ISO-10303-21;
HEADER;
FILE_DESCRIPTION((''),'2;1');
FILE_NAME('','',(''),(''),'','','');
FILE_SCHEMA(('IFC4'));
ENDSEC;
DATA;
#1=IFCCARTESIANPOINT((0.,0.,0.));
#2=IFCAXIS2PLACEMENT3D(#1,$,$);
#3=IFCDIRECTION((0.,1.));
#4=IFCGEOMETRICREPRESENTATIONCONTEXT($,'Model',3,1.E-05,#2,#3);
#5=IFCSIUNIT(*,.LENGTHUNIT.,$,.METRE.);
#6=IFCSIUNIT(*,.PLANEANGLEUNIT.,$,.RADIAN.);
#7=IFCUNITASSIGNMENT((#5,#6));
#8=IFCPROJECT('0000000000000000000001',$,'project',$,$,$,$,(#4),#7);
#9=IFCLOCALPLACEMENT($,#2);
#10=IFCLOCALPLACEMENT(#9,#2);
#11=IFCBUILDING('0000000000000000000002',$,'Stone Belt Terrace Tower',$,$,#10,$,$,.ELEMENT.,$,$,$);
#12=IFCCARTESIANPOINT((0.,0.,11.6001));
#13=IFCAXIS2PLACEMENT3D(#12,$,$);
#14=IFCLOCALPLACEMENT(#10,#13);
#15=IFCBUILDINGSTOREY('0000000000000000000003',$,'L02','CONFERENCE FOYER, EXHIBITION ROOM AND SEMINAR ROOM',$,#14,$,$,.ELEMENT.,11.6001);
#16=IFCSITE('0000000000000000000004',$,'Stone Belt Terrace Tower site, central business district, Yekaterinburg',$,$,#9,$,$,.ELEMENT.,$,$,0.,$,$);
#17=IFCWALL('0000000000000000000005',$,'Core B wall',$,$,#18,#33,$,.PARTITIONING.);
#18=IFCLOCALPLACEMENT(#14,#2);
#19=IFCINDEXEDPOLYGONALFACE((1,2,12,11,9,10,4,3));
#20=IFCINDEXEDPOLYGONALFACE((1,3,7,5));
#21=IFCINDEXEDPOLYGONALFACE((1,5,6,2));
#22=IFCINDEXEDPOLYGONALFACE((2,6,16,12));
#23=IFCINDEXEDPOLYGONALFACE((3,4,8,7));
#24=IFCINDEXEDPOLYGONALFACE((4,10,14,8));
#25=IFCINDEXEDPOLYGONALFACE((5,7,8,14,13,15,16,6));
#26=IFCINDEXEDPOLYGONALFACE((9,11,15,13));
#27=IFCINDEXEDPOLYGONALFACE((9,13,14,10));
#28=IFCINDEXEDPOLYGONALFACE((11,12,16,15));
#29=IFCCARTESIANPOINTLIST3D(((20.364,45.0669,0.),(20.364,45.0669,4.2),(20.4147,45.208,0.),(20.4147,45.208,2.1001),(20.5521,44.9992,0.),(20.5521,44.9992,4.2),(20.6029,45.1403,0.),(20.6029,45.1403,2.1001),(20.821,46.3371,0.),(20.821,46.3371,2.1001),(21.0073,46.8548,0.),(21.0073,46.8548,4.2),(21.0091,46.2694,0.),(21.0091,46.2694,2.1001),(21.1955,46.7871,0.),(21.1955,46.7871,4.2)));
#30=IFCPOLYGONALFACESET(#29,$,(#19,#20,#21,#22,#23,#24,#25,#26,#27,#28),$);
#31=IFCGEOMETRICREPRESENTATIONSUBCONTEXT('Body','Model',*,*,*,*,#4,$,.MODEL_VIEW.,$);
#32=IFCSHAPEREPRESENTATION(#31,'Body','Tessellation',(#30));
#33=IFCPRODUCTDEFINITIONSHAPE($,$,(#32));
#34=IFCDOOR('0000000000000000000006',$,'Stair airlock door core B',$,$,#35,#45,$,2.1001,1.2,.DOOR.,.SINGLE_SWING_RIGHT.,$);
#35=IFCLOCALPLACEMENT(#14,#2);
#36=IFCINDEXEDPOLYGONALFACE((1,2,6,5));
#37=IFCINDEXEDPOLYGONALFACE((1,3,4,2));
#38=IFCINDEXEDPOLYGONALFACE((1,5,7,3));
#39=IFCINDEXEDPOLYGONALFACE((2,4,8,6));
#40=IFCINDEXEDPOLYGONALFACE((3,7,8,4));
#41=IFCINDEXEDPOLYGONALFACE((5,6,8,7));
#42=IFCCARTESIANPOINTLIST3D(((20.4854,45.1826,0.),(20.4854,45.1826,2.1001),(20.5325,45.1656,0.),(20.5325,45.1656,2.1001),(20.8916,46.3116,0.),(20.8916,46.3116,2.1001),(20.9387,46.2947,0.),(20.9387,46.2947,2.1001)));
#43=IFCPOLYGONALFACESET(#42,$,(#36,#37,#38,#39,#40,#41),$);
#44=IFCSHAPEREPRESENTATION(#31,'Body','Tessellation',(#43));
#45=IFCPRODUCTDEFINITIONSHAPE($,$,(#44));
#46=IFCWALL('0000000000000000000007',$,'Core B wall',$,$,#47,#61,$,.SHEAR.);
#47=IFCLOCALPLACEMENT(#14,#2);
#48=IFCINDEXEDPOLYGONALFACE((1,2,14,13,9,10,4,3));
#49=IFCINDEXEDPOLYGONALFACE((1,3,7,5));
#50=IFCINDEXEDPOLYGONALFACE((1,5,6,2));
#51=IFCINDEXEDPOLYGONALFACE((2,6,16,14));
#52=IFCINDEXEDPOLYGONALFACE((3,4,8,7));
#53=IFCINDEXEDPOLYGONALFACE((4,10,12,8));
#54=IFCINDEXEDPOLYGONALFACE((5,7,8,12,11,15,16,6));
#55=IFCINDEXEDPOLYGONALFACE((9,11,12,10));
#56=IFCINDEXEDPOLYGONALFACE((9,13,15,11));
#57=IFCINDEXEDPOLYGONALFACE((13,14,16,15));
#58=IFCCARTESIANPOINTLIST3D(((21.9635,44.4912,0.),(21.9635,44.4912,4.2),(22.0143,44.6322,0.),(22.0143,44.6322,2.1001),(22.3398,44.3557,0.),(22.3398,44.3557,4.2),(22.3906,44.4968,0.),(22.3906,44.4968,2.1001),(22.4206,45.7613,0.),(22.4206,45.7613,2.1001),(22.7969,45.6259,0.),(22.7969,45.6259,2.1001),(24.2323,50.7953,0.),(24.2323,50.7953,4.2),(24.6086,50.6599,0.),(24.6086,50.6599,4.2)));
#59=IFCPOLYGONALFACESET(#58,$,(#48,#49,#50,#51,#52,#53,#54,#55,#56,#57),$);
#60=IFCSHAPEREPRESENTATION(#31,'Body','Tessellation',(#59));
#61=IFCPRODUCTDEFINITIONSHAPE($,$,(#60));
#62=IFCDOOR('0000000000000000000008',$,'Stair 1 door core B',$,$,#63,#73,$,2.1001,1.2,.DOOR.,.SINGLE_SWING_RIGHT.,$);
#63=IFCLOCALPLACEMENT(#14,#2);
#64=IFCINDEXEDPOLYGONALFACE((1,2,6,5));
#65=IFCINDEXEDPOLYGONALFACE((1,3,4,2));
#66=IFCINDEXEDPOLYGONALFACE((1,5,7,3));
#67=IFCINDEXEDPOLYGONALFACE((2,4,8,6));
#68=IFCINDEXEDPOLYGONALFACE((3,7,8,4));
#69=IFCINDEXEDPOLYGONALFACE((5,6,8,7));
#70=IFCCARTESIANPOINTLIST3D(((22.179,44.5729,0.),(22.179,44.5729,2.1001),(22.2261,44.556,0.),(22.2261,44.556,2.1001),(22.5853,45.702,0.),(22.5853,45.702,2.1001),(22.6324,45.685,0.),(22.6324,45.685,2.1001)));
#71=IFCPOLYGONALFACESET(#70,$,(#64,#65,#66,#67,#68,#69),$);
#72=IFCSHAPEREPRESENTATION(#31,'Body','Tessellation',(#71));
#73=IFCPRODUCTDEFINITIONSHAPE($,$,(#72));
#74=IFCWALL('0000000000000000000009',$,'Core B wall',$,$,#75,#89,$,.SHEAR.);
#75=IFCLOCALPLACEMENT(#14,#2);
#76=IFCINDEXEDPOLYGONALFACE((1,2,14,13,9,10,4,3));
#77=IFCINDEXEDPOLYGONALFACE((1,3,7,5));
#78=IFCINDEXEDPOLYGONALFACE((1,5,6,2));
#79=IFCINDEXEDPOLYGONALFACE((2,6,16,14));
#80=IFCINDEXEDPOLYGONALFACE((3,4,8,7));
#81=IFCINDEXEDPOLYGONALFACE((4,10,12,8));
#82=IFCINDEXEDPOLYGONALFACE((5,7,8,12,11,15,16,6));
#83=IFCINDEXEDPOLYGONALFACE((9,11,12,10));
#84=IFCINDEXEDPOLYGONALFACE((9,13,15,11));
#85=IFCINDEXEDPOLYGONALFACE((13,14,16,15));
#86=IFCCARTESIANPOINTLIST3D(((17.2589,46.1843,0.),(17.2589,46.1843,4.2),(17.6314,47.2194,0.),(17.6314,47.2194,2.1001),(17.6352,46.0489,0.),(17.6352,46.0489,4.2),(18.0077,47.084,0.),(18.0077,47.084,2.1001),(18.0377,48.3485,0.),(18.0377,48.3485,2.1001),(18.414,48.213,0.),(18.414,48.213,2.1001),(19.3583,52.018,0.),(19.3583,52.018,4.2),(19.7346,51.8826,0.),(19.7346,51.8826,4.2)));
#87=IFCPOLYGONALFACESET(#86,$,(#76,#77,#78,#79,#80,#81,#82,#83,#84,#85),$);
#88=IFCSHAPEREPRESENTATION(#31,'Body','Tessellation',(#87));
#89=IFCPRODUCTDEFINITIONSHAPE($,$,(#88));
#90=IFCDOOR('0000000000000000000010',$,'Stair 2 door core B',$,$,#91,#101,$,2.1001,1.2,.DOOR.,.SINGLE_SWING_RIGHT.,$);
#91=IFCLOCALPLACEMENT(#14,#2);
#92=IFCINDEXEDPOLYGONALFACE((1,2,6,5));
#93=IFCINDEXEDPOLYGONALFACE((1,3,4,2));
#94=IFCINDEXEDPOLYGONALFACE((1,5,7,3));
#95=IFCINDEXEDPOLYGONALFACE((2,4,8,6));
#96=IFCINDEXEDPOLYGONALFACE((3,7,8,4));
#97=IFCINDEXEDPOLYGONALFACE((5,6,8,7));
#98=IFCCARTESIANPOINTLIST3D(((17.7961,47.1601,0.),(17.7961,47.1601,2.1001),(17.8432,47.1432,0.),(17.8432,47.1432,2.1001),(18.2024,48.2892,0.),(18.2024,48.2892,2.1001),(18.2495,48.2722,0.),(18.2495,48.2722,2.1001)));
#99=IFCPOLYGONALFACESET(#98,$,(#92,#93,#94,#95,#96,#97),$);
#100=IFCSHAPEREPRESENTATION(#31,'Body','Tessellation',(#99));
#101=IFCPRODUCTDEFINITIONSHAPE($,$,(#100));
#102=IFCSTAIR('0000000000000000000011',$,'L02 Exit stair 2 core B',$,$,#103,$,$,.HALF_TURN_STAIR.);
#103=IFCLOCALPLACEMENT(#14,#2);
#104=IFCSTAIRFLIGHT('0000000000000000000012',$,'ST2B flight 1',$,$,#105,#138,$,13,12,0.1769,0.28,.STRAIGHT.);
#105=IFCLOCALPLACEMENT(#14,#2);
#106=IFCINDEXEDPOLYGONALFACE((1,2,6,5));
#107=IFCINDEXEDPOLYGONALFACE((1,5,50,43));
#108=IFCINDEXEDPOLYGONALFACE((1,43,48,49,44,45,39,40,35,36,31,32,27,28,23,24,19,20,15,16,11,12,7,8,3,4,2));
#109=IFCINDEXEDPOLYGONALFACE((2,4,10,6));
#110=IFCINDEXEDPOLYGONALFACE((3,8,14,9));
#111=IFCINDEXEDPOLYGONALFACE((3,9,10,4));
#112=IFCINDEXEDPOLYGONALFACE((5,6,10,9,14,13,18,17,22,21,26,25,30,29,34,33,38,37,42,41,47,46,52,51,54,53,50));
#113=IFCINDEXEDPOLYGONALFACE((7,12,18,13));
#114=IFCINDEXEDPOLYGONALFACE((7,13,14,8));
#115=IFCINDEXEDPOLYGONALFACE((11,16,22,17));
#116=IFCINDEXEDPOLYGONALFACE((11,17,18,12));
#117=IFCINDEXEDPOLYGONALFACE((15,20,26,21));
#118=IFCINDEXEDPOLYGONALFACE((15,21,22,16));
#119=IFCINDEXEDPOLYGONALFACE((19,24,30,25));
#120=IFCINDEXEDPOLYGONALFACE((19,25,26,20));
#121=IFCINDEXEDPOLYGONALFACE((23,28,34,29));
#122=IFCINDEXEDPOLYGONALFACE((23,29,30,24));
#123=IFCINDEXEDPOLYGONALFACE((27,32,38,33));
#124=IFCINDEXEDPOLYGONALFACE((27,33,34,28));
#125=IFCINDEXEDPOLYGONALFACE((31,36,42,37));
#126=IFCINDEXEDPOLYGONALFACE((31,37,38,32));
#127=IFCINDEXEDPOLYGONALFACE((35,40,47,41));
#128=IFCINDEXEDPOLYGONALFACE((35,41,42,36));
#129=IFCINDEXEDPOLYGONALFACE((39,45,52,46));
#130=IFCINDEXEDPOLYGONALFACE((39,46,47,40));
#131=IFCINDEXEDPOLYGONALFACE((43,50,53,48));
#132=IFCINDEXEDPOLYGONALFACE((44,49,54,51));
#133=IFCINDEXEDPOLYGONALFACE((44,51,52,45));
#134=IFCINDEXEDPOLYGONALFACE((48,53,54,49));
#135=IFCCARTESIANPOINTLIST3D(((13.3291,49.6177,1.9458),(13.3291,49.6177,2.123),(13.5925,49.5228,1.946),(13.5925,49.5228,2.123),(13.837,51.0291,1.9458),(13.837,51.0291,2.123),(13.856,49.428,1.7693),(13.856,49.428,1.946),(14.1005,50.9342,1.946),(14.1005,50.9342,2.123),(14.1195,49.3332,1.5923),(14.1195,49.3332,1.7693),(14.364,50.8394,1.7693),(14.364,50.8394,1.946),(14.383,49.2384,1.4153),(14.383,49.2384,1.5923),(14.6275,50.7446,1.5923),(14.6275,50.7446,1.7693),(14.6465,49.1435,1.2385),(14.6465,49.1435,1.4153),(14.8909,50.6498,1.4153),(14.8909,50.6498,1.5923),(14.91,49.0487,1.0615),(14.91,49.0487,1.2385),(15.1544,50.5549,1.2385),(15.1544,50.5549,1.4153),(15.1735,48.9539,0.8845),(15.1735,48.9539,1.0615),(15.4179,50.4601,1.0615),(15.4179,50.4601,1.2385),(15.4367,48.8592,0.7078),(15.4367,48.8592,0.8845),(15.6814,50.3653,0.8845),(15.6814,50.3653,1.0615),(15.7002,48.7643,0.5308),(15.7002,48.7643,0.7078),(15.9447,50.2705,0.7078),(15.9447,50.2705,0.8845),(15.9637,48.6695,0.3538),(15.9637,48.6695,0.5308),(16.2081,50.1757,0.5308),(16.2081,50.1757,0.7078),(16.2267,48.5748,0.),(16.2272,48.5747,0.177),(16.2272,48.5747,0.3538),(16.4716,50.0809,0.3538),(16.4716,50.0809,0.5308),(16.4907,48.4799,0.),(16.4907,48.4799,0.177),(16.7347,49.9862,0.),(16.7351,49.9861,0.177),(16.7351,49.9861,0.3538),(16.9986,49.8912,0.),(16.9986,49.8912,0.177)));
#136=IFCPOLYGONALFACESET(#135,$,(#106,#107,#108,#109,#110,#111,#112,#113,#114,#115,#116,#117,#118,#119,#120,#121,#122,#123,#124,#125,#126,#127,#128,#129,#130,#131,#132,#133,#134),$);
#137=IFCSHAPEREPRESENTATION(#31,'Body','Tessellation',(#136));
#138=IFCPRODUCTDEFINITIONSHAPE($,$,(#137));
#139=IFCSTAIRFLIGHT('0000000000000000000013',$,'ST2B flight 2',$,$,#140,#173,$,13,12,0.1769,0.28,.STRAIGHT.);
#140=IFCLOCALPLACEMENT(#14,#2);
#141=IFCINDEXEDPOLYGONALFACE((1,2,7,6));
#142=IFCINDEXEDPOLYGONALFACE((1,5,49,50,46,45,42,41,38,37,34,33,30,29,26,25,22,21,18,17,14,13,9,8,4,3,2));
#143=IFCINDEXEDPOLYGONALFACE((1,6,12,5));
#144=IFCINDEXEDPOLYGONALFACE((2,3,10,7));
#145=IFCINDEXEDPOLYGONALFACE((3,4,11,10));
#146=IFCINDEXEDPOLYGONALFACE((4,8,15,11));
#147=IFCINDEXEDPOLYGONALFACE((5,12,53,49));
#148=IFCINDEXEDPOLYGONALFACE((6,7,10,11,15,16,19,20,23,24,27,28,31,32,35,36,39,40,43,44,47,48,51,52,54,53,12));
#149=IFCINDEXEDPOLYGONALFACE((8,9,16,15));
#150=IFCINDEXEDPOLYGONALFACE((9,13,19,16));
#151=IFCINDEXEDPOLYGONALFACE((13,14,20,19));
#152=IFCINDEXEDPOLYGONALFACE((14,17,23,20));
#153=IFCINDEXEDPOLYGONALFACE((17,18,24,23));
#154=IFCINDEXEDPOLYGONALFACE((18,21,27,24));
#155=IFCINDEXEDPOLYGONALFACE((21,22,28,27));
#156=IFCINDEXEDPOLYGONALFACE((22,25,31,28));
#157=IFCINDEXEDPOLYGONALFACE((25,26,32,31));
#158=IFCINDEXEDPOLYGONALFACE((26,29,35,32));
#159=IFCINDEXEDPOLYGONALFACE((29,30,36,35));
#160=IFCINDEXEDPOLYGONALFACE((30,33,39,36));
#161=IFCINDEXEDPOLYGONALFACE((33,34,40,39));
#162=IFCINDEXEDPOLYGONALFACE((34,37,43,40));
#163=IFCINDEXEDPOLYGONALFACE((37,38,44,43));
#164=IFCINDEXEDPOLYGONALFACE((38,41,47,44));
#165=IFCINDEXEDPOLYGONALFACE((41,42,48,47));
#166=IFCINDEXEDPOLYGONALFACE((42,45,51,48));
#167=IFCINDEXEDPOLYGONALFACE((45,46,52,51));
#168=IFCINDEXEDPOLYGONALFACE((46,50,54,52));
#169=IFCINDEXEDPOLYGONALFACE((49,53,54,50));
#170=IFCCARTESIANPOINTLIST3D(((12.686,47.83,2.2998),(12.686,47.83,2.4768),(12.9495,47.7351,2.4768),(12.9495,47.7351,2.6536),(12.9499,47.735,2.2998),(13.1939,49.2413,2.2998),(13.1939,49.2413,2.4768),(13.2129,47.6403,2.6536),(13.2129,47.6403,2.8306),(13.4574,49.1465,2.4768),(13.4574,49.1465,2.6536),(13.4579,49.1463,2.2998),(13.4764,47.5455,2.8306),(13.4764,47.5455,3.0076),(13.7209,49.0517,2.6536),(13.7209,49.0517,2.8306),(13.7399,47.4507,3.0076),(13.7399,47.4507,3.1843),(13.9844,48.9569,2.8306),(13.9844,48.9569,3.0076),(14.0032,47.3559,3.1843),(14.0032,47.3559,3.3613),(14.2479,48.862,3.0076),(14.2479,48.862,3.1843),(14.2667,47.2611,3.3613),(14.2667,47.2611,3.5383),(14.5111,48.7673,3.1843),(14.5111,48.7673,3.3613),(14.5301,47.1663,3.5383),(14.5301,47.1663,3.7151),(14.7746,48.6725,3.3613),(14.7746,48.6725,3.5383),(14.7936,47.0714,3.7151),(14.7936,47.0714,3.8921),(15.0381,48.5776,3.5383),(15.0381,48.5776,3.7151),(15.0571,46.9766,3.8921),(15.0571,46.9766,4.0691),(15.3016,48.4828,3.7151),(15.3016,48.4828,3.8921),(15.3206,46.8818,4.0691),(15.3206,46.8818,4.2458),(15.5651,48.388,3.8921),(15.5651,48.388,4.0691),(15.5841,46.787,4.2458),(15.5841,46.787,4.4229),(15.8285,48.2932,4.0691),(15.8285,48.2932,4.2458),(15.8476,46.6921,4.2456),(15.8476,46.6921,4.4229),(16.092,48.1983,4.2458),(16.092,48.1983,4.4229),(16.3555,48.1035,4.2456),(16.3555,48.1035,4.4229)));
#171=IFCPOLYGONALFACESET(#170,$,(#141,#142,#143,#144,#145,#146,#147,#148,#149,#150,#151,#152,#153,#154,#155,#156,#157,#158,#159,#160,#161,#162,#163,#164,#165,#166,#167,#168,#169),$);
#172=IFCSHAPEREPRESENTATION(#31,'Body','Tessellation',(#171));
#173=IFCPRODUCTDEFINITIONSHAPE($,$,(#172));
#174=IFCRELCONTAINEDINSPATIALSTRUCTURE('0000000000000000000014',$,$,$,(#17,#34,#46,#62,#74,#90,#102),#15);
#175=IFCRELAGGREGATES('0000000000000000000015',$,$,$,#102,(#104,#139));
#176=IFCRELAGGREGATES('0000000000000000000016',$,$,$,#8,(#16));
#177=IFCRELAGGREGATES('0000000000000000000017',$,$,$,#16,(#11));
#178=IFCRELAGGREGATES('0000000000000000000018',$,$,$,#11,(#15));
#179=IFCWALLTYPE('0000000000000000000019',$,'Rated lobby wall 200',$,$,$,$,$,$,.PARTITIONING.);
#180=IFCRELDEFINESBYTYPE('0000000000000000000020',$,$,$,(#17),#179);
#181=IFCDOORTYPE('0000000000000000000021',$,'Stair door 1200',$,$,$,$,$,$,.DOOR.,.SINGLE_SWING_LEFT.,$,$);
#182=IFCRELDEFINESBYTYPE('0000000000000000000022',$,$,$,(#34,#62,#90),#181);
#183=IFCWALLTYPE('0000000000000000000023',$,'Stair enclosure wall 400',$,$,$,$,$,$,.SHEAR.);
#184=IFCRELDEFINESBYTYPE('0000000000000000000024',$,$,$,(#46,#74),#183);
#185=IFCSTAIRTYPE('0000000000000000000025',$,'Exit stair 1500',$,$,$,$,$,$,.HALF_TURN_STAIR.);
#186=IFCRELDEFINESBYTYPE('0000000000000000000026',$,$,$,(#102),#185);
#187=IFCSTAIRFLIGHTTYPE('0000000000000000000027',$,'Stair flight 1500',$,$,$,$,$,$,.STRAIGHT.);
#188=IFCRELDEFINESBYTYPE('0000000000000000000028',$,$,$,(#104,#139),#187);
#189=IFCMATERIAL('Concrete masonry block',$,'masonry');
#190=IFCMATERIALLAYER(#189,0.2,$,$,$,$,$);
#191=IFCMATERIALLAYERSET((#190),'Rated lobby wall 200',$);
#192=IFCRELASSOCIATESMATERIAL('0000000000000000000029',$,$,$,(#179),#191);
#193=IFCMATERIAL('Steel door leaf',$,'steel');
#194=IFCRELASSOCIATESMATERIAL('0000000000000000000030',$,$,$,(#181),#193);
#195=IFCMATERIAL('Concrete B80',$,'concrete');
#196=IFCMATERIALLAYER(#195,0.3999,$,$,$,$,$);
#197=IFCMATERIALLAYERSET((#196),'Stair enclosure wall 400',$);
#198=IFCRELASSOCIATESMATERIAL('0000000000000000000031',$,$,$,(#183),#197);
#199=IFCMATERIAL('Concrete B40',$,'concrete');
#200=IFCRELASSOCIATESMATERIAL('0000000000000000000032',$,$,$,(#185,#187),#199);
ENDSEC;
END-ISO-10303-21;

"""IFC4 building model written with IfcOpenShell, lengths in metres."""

from ifc_helpers import new_model, si_unit, direction, frame, frame_2d, origin, place, context, subcontext, project, spatial, polyline, rectangle, outline, extrude, material, layer, layer_set, type_object, element, fill, aggregate, save


model = new_model("IFC4")

# Units and contexts
model_context = context("Model", 3, precision=1e-05, world=origin(), true_north=direction((0.0, 1.0)))
body_context = subcontext(model_context, "Body", "Model", "MODEL_VIEW")
ifc_project = project(units=[si_unit("LENGTHUNIT", "METRE"), si_unit("PLANEANGLEUNIT", "RADIAN")], contexts=[model_context])

# Site, building, storey
site_placement = place(None, origin())
site = spatial("IfcSite", under=ifc_project, at=site_placement, Name="Stone Belt Terrace Tower site, central business district, Yekaterinburg", CompositionType="ELEMENT", RefElevation=0.0)
building_placement = place(site_placement, origin())
building = spatial("IfcBuilding", under=site, at=building_placement, Name="Stone Belt Terrace Tower", CompositionType="ELEMENT")
storey_placement = place(building_placement, frame((0.0, 0.0, 11.6001)))
storey = spatial("IfcBuildingStorey", under=building, at=storey_placement, Name="L02", Description="CONFERENCE FOYER, EXHIBITION ROOM AND SEMINAR ROOM", CompositionType="ELEMENT", Elevation=11.6001)

# Shared definitions
ifc_material_1 = material(Name="Concrete B80", Category="concrete")

# Shared definitions
ifc_material_2 = material(Name="Concrete masonry block", Category="masonry")
ifc_layer_1 = layer(ifc_material_2, 0.2)
ifc_layer_set_1 = layer_set([ifc_layer_1], Name="Rated lobby wall 200")
wall_type_1 = type_object("IfcWallType", Name="Rated lobby wall 200", PredefinedType="PARTITIONING", material=ifc_layer_set_1)

# Walls, openings, doors
wall_1_placement = place(storey_placement, frame((20.458, 45.033, 0.0), z_axis=(0.0, 0.0, 1.0), x_axis=(0.338574, 0.94094, 0.0)))
wall_1 = element("IfcWall", 1, at=wall_1_placement, inside=storey, type_object=wall_type_1, Name="Core B wall", PredefinedType="PARTITIONING", context=body_context, shape_type="SweptSolid", body=[
    extrude(rectangle(XDim=1.9001, YDim=0.2, at=frame_2d((0.9502, 0.0))), origin(), (0.0, 0.0, 1.0), 4.2),
])
opening_1_placement = place(wall_1_placement, frame((0.1499, 0.0, 0.0)))
opening_1 = element("IfcOpeningElement", 2, at=opening_1_placement, cuts=wall_1, PredefinedType="OPENING", context=body_context, shape_type="SweptSolid", body=[
    extrude(rectangle(XDim=1.2, YDim=2.1001, at=frame_2d((0.6001, 1.05))), frame((0.0, 0.1099, 0.0), z_axis=(0.0, -1.0, 0.0), x_axis=(1.0, 0.0, 0.0)), (0.0, 0.0, 1.0), 0.22),
])
ifc_material_3 = material(Name="Steel door leaf", Category="steel")
door_type = type_object("IfcDoorType", Name="Stair door 1200", OperationType="SINGLE_SWING_LEFT", PredefinedType="DOOR", material=ifc_material_3)
door_1_placement = place(opening_1_placement, origin())
door_1 = element("IfcDoor", 3, at=door_1_placement, inside=storey, type_object=door_type, Name="Stair airlock door core B", OperationType="SINGLE_SWING_RIGHT", OverallHeight=2.1001, OverallWidth=1.2, PredefinedType="DOOR", context=body_context, shape_type="SweptSolid", body=[
    extrude(rectangle(XDim=1.2, YDim=2.1001, at=frame_2d((0.6001, 1.05))), frame((0.0, 0.0249, 0.0), z_axis=(0.0, -1.0, 0.0), x_axis=(1.0, 0.0, 0.0)), (0.0, 0.0, 1.0), 0.05),
])
fill(opening_1, door_1)
ifc_layer_2 = layer(ifc_material_1, 0.3999)
ifc_layer_set_2 = layer_set([ifc_layer_2], Name="Stair enclosure wall 400")
wall_type_2 = type_object("IfcWallType", Name="Stair enclosure wall 400", PredefinedType="SHEAR", material=ifc_layer_set_2)
wall_2_placement = place(storey_placement, frame((22.1516, 44.4233, 0.0), z_axis=(0.0, 0.0, 1.0), x_axis=(0.338625, 0.940921, 0.0)))
wall_2 = element("IfcWall", 4, at=wall_2_placement, inside=storey, type_object=wall_type_2, Name="Core B wall", PredefinedType="SHEAR", context=body_context, shape_type="SweptSolid", body=[
    extrude(rectangle(XDim=6.7, YDim=0.3999, at=frame_2d((3.3501, 0.0))), origin(), (0.0, 0.0, 1.0), 4.2),
])
opening_2_placement = place(wall_2_placement, frame((0.1499, 0.0, 0.0)))
opening_2 = element("IfcOpeningElement", 5, at=opening_2_placement, cuts=wall_2, PredefinedType="OPENING", context=body_context, shape_type="SweptSolid", body=[
    extrude(rectangle(XDim=1.2, YDim=2.1001, at=frame_2d((0.6001, 1.05))), frame((0.0, 0.21, 0.0), z_axis=(0.0, -1.0, 0.0), x_axis=(1.0, 0.0, 0.0)), (0.0, 0.0, 1.0), 0.4199),
])
door_2_placement = place(opening_2_placement, origin())
door_2 = element("IfcDoor", 6, at=door_2_placement, inside=storey, type_object=door_type, Name="Stair 1 door core B", OperationType="SINGLE_SWING_RIGHT", OverallHeight=2.1001, OverallWidth=1.2, PredefinedType="DOOR", context=body_context, shape_type="SweptSolid", body=[
    extrude(rectangle(XDim=1.2, YDim=2.1001, at=frame_2d((0.6001, 1.05))), frame((0.0, 0.0249, 0.0), z_axis=(0.0, -1.0, 0.0), x_axis=(1.0, 0.0, 0.0)), (0.0, 0.0, 1.0), 0.05),
])
fill(opening_2, door_2)
wall_3_placement = place(storey_placement, frame((17.447, 46.1165, 0.0), z_axis=(0.0, 0.0, 1.0), x_axis=(0.338608, 0.940928, 0.0)))
wall_3 = element("IfcWall", 7, at=wall_3_placement, inside=storey, type_object=wall_type_2, Name="Core B wall", PredefinedType="SHEAR", context=body_context, shape_type="SweptSolid", body=[
    extrude(rectangle(XDim=6.2, YDim=0.3999, at=frame_2d((3.1001, 0.0))), origin(), (0.0, 0.0, 1.0), 4.2),
])
opening_3_placement = place(wall_3_placement, frame((1.1001, 0.0, 0.0)))
opening_3 = element("IfcOpeningElement", 8, at=opening_3_placement, cuts=wall_3, PredefinedType="OPENING", context=body_context, shape_type="SweptSolid", body=[
    extrude(rectangle(XDim=1.2, YDim=2.1001, at=frame_2d((0.6001, 1.05))), frame((0.0, 0.21, 0.0), z_axis=(0.0, -1.0, 0.0), x_axis=(1.0, 0.0, 0.0)), (0.0, 0.0, 1.0), 0.4199),
])
door_3_placement = place(opening_3_placement, origin())
door_3 = element("IfcDoor", 9, at=door_3_placement, inside=storey, type_object=door_type, Name="Stair 2 door core B", OperationType="SINGLE_SWING_RIGHT", OverallHeight=2.1001, OverallWidth=1.2, PredefinedType="DOOR", context=body_context, shape_type="SweptSolid", body=[
    extrude(rectangle(XDim=1.2, YDim=2.1001, at=frame_2d((0.6001, 1.05))), frame((0.0, 0.0249, 0.0), z_axis=(0.0, -1.0, 0.0), x_axis=(1.0, 0.0, 0.0)), (0.0, 0.0, 1.0), 0.05),
])
fill(opening_3, door_3)

# Stair, stair flights
ifc_material_4 = material(Name="Concrete B40", Category="concrete")
stair_type = type_object("IfcStairType", Name="Exit stair 1500", PredefinedType="HALF_TURN_STAIR", material=ifc_material_4)
stair_placement = place(storey_placement, origin())
stair = element("IfcStair", 10, at=stair_placement, inside=storey, type_object=stair_type, Name="L02 Exit stair 2 core B", PredefinedType="HALF_TURN_STAIR")
stair_flight_type = type_object("IfcStairFlightType", Name="Stair flight 1500", PredefinedType="STRAIGHT", material=ifc_material_4)
stair_flight_1_placement = place(storey_placement, frame((16.7446, 49.1855, 0.0), z_axis=(0.0, 0.0, 1.0), x_axis=(-0.940922, 0.338624, 0.0)))
stair_flight_1 = element("IfcStairFlight", 11, at=stair_flight_1_placement, type_object=stair_flight_type, Name="ST2B flight 1", NumberOfRisers=13, NumberOfTreads=12, PredefinedType="STRAIGHT", RiserHeight=0.1769, TreadLength=0.28, context=body_context, shape_type="SweptSolid", body=[
    extrude(outline(polyline([(0.0, 0.0), (0.0, 0.177), (0.28, 0.177), (0.28, 0.3538), (0.5601, 0.3538), (0.5601, 0.5308), (0.8401, 0.5308), (0.8401, 0.7078), (1.1201, 0.7078), (1.1201, 0.8845), (1.3999, 0.8845), (1.3999, 1.0615), (1.6799, 1.0615), (1.6799, 1.2385), (1.96, 1.2385), (1.96, 1.4153), (2.24, 1.4153), (2.24, 1.5923), (2.52, 1.5923), (2.52, 1.7693), (2.8, 1.7693), (2.8, 1.946), (3.0801, 1.946), (3.0801, 2.123), (3.3601, 2.123), (3.3601, 2.3), (3.3601, 1.9458), (0.2805, 0.0), (0.0, 0.0)])), frame((0.0, 0.75, 0.0), z_axis=(0.0, -1.0, 0.0), x_axis=(1.0, 0.0, 0.0)), (0.0, 0.0, 1.0), 1.5),
])
stair_flight_2_placement = place(storey_placement, frame((12.9399, 48.5356, 2.2998), z_axis=(0.0, 0.0, 1.0), x_axis=(0.940922, -0.338624, 0.0)))
stair_flight_2 = element("IfcStairFlight", 12, at=stair_flight_2_placement, type_object=stair_flight_type, Name="ST2B flight 2", NumberOfRisers=13, NumberOfTreads=12, PredefinedType="STRAIGHT", RiserHeight=0.1769, TreadLength=0.28, context=body_context, shape_type="SweptSolid", body=[
    extrude(outline(polyline([(0.0, 0.0), (0.0, 0.177), (0.28, 0.177), (0.28, 0.3538), (0.5601, 0.3538), (0.5601, 0.5308), (0.8401, 0.5308), (0.8401, 0.7078), (1.1201, 0.7078), (1.1201, 0.8845), (1.3999, 0.8845), (1.3999, 1.0615), (1.6799, 1.0615), (1.6799, 1.2385), (1.96, 1.2385), (1.96, 1.4153), (2.24, 1.4153), (2.24, 1.5923), (2.52, 1.5923), (2.52, 1.7693), (2.8, 1.7693), (2.8, 1.946), (3.0801, 1.946), (3.0801, 2.123), (3.3601, 2.123), (3.3601, 2.3), (3.3601, 1.9458), (0.2805, 0.0), (0.0, 0.0)])), frame((0.0, 0.75, 0.0), z_axis=(0.0, -1.0, 0.0), x_axis=(1.0, 0.0, 0.0)), (0.0, 0.0, 1.0), 1.5),
])
aggregate(stair, [stair_flight_1, stair_flight_2])

save(model, "model.ifc")
